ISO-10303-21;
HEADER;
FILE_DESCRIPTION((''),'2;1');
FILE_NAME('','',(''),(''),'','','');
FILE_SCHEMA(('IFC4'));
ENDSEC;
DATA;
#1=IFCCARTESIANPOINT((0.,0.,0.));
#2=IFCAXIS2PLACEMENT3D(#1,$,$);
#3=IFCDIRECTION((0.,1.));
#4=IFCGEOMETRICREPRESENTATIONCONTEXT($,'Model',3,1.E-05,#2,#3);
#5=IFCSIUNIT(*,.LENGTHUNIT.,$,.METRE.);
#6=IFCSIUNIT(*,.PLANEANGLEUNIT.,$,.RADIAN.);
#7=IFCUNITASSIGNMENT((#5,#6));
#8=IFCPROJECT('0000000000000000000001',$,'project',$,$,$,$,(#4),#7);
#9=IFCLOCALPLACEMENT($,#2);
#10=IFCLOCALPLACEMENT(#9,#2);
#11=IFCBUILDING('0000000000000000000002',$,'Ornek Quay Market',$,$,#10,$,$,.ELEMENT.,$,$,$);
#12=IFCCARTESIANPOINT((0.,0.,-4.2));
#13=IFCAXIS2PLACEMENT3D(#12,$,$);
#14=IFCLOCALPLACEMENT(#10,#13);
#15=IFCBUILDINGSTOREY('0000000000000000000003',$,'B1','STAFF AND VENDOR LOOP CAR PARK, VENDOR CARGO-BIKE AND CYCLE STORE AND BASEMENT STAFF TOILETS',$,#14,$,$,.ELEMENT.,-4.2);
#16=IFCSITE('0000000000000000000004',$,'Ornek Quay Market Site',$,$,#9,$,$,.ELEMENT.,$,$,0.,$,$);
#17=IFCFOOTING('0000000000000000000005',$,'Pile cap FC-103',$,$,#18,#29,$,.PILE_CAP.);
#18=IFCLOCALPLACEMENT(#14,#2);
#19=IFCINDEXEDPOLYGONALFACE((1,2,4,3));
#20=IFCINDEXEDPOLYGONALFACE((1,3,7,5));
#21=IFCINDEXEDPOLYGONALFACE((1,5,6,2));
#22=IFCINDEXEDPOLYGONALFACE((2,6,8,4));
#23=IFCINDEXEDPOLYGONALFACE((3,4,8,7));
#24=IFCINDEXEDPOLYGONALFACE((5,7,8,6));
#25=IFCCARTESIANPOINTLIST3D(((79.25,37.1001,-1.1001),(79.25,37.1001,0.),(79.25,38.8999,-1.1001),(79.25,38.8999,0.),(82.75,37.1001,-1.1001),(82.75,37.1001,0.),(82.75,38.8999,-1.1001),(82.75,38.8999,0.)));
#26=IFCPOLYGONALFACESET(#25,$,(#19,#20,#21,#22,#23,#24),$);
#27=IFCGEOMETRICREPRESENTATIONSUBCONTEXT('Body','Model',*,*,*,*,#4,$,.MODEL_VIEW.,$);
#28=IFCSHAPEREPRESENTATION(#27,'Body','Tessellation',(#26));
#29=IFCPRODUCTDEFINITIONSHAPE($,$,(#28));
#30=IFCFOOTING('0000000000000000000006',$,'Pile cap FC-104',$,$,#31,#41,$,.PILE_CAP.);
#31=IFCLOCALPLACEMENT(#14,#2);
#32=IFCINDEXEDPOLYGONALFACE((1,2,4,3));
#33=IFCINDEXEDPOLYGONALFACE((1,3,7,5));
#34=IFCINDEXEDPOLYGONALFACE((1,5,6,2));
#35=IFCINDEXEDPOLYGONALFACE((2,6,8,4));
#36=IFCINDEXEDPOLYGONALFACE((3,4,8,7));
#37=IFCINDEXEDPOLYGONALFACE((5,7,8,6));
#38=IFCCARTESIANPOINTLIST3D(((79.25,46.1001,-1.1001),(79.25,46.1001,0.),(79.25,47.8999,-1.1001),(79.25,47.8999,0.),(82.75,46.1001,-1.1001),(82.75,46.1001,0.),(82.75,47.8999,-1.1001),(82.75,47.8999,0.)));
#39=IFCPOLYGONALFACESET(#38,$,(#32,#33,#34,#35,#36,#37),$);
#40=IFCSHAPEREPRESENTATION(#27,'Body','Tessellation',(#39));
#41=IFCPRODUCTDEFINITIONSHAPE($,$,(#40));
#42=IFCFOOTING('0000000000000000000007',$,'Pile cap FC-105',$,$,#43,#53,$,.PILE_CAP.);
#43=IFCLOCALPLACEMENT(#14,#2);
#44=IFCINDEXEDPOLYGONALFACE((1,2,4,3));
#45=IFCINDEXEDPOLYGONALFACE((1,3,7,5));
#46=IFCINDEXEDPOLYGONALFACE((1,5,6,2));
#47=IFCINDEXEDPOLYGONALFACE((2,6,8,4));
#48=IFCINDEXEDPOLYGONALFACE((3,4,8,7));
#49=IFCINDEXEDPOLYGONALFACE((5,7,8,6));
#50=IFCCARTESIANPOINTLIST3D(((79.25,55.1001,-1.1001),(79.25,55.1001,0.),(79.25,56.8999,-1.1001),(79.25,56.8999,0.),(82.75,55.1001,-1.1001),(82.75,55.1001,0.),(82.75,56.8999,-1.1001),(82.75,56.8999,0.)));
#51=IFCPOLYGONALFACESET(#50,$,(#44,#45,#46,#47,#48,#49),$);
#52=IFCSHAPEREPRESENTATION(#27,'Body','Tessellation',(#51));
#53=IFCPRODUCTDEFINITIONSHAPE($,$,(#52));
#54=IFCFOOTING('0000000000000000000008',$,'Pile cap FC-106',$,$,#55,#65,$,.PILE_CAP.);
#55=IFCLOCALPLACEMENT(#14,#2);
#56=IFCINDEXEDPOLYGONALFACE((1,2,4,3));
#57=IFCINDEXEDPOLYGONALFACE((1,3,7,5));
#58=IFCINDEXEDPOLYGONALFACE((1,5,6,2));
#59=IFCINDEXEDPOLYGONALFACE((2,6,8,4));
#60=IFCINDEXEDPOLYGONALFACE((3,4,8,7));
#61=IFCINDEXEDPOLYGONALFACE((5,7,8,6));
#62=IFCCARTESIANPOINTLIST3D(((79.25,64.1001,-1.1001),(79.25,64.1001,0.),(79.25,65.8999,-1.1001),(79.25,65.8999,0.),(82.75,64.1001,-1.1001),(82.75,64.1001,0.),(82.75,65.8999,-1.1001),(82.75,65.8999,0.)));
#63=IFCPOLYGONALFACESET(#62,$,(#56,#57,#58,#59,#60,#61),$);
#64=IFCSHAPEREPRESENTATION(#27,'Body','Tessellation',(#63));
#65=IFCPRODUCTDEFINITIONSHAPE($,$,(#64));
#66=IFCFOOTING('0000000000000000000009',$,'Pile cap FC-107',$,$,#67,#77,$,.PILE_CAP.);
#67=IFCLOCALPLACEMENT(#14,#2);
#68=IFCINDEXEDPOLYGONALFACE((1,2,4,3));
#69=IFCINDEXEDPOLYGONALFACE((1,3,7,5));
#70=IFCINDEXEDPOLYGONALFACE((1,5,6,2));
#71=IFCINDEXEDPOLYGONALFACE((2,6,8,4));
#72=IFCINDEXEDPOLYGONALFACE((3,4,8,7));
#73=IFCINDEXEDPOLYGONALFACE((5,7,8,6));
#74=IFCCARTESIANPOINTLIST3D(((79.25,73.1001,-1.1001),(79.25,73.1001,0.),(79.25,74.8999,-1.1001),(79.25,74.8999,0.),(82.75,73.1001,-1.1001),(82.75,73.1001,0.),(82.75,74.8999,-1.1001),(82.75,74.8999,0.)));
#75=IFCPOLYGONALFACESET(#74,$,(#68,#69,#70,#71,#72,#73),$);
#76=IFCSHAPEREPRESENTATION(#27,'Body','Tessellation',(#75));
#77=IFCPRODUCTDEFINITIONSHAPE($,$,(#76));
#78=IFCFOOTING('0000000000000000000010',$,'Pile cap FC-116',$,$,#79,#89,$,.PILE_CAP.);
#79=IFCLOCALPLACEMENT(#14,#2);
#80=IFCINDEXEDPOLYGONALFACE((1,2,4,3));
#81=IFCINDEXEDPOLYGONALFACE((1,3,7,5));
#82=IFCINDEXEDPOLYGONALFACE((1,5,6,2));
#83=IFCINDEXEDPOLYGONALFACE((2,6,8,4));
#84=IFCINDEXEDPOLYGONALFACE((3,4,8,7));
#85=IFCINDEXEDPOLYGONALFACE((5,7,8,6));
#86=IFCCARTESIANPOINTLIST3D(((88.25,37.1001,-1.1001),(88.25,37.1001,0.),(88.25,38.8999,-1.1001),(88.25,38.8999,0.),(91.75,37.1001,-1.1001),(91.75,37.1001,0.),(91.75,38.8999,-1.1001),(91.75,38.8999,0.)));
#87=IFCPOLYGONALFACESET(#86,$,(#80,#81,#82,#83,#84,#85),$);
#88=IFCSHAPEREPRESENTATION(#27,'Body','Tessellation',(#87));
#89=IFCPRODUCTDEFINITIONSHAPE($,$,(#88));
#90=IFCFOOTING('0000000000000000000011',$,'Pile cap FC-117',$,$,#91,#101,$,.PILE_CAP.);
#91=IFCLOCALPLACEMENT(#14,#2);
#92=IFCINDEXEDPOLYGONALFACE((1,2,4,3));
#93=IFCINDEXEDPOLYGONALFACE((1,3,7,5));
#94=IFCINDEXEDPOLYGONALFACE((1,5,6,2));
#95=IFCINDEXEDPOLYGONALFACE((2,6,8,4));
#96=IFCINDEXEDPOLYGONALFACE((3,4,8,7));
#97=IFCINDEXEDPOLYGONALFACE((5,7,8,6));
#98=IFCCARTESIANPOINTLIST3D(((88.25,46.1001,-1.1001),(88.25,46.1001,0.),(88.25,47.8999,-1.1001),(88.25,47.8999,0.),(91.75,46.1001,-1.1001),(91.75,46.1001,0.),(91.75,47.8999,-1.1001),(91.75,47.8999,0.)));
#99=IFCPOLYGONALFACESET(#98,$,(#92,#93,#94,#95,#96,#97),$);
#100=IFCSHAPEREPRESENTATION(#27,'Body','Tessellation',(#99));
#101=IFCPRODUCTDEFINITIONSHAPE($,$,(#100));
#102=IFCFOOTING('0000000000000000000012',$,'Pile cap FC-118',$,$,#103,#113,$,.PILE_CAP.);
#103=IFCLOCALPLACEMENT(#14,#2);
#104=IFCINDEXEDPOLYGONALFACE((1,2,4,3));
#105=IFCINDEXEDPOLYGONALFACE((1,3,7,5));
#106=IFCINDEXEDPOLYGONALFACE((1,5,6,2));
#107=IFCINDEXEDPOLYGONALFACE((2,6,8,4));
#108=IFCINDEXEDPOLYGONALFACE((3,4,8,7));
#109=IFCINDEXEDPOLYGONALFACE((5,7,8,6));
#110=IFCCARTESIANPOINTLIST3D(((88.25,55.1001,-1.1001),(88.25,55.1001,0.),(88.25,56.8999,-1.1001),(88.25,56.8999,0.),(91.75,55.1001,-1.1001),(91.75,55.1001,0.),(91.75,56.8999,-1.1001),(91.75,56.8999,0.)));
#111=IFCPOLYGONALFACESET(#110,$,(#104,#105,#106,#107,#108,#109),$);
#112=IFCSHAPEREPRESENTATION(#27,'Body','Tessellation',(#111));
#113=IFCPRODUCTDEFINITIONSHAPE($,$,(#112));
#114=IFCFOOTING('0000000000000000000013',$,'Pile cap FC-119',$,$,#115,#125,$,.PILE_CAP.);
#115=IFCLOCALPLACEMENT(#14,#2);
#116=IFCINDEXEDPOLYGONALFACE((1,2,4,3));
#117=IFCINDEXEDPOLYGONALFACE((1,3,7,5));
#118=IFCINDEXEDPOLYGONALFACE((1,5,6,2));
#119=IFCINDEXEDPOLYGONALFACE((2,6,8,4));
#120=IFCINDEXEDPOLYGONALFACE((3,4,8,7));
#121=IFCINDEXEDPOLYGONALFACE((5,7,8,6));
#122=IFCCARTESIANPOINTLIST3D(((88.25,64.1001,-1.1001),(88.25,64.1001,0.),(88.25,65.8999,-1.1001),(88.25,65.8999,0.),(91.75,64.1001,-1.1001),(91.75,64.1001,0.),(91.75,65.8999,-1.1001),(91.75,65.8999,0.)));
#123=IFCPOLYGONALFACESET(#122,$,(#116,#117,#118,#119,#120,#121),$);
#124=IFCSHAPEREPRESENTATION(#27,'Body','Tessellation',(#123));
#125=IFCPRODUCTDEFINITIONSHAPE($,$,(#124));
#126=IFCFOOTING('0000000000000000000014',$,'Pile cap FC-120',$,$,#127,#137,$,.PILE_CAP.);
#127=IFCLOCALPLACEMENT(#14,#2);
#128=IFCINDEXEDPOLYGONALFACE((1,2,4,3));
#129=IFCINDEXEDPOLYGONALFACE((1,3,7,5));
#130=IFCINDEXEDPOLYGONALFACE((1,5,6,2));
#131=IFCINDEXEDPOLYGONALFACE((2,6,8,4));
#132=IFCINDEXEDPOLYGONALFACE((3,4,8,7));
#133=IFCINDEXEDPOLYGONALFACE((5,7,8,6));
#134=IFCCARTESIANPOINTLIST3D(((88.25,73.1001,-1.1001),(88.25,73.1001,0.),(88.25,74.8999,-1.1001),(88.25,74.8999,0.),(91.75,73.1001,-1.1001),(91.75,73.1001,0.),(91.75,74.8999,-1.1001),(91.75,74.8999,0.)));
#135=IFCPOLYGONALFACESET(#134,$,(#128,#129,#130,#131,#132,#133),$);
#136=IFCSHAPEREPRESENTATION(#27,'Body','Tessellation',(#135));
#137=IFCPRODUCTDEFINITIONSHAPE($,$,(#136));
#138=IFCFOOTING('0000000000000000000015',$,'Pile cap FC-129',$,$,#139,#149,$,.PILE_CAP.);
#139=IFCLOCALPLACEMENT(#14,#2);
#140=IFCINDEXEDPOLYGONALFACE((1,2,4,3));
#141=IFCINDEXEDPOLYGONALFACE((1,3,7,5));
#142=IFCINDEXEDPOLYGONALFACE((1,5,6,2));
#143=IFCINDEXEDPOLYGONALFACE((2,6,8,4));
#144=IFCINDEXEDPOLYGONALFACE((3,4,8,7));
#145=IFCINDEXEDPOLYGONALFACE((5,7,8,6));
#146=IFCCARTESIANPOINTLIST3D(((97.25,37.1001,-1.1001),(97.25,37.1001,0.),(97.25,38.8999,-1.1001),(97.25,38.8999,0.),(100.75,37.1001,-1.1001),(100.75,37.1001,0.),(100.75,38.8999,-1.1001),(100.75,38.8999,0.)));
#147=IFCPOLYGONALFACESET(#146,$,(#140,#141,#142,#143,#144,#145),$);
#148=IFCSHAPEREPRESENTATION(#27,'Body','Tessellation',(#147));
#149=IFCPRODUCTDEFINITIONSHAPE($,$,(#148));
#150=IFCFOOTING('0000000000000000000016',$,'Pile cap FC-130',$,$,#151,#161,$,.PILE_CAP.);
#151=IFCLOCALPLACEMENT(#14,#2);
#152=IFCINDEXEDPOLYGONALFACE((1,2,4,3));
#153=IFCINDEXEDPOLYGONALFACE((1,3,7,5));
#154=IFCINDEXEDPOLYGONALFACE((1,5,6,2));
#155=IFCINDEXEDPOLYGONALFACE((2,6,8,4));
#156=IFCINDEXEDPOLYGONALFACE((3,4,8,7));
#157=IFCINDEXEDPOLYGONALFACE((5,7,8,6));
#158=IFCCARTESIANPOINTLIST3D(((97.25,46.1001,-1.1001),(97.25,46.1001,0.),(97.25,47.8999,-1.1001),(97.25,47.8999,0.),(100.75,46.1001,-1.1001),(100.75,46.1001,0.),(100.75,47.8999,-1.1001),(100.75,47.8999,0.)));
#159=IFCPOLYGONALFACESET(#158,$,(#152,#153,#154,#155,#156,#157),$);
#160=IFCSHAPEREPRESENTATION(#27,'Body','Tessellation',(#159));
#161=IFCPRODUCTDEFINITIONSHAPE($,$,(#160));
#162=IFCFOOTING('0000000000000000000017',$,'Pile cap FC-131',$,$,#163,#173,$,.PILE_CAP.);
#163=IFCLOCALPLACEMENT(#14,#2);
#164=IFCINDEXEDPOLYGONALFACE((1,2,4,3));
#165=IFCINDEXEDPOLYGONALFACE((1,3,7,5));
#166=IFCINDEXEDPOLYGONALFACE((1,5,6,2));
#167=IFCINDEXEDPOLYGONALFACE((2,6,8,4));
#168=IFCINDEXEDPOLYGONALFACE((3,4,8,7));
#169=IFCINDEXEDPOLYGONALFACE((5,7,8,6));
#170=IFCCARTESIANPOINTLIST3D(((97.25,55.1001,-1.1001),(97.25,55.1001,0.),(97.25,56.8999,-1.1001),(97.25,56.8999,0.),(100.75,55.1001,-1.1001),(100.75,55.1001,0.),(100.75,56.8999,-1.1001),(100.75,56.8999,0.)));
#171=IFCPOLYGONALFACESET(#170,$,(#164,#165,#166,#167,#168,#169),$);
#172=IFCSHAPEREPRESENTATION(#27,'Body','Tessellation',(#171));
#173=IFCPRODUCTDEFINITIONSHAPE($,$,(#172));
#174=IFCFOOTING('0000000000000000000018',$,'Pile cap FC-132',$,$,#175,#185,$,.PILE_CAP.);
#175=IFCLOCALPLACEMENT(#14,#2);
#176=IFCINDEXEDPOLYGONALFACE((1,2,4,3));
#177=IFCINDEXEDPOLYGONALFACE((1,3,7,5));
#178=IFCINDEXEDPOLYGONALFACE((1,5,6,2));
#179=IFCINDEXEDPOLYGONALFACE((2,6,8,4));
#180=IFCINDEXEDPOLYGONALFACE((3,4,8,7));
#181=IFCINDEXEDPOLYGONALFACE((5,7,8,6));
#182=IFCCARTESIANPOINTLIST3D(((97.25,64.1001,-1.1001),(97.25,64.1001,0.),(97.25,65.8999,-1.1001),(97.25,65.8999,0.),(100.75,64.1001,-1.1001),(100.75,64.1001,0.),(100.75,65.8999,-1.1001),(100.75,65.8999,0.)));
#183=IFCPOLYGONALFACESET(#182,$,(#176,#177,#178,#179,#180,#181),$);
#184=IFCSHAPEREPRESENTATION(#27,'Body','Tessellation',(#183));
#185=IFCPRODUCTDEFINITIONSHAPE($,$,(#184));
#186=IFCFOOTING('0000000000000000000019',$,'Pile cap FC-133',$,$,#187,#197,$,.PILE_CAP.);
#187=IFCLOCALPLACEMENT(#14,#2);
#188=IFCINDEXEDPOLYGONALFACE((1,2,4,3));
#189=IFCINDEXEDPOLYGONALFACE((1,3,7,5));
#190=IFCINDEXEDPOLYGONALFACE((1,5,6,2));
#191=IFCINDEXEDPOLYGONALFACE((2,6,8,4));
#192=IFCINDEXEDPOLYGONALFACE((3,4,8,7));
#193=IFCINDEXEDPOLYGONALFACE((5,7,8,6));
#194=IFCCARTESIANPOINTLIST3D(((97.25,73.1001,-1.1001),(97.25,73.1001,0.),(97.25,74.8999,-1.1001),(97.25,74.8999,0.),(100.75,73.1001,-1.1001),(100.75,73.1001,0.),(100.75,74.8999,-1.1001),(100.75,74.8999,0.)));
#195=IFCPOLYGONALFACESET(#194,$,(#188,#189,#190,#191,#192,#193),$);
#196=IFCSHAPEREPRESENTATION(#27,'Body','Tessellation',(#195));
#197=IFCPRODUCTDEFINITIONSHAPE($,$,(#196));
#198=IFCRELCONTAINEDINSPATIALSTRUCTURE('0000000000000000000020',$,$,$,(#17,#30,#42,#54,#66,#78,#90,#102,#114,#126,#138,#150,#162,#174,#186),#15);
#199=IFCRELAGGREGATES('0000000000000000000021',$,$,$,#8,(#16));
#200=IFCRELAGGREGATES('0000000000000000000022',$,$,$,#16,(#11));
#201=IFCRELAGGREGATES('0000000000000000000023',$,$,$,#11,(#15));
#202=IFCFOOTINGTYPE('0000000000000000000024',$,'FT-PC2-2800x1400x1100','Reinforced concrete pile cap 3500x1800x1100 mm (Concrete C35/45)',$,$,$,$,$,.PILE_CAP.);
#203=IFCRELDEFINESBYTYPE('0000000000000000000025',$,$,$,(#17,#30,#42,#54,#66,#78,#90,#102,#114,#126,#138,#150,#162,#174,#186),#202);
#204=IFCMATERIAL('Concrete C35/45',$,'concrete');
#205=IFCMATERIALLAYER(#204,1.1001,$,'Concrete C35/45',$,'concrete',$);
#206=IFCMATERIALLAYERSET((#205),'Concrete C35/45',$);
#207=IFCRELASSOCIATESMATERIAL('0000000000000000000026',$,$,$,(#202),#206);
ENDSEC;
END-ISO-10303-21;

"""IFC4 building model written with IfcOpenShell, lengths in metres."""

from ifc_helpers import new_model, si_unit, direction, frame, origin, place, context, subcontext, project, spatial, polyline, outline, extrude, material, layer, layer_set, type_object, element, save


model = new_model("IFC4")

# Units and contexts
model_context = context("Model", 3, precision=1e-05, world=origin(), true_north=direction((0.0, 1.0)))
body_context = subcontext(model_context, "Body", "Model", "MODEL_VIEW")
ifc_project = project(units=[si_unit("LENGTHUNIT", "METRE"), si_unit("PLANEANGLEUNIT", "RADIAN")], contexts=[model_context])

# Site, building, storey
site_placement = place(None, origin())
site = spatial("IfcSite", under=ifc_project, at=site_placement, Name="Ornek Quay Market Site", CompositionType="ELEMENT", RefElevation=0.0)
building_placement = place(site_placement, origin())
building = spatial("IfcBuilding", under=site, at=building_placement, Name="Ornek Quay Market", CompositionType="ELEMENT")
storey_placement = place(building_placement, frame((0.0, 0.0, -4.2)))
storey = spatial("IfcBuildingStorey", under=building, at=storey_placement, Name="B1", Description="STAFF AND VENDOR LOOP CAR PARK, VENDOR CARGO-BIKE AND CYCLE STORE AND BASEMENT STAFF TOILETS", CompositionType="ELEMENT", Elevation=-4.2)

# Footings
ifc_material = material(Name="Concrete C35/45", Category="concrete")
ifc_layer_1 = layer(ifc_material, 1.1001, Name="Concrete C35/45", Category="concrete")
ifc_layer_set_1 = layer_set([ifc_layer_1], Name="Concrete C35/45")
footing_type_1 = type_object("IfcFootingType", Name="FT-PC2-2800x1400x1100", Description="Reinforced concrete pile cap 3500x1800x1100 mm (Concrete C35/45)", PredefinedType="PILE_CAP", material=ifc_layer_set_1)
footing_1_placement = place(storey_placement, frame((0.0, 0.0, -1.1001)))
element("IfcFooting", 1, at=footing_1_placement, inside=storey, type_object=footing_type_1, Name="Pile cap FC-103", PredefinedType="PILE_CAP", context=body_context, shape_type="SweptSolid", body=[
    extrude(outline(polyline([(79.25, 37.1001), (82.75, 37.1001), (82.75, 38.8999), (79.25, 38.8999), (79.25, 37.1001)])), origin(), (0.0, 0.0, 1.0), 1.1001),
])
footing_2_placement = place(storey_placement, frame((0.0, 0.0, -1.1001)))
element("IfcFooting", 2, at=footing_2_placement, inside=storey, type_object=footing_type_1, Name="Pile cap FC-104", PredefinedType="PILE_CAP", context=body_context, shape_type="SweptSolid", body=[
    extrude(outline(polyline([(79.25, 46.1001), (82.75, 46.1001), (82.75, 47.8999), (79.25, 47.8999), (79.25, 46.1001)])), origin(), (0.0, 0.0, 1.0), 1.1001),
])
footing_3_placement = place(storey_placement, frame((0.0, 0.0, -1.1001)))
element("IfcFooting", 3, at=footing_3_placement, inside=storey, type_object=footing_type_1, Name="Pile cap FC-105", PredefinedType="PILE_CAP", context=body_context, shape_type="SweptSolid", body=[
    extrude(outline(polyline([(79.25, 55.1001), (82.75, 55.1001), (82.75, 56.8999), (79.25, 56.8999), (79.25, 55.1001)])), origin(), (0.0, 0.0, 1.0), 1.1001),
])
footing_4_placement = place(storey_placement, frame((0.0, 0.0, -1.1001)))
element("IfcFooting", 4, at=footing_4_placement, inside=storey, type_object=footing_type_1, Name="Pile cap FC-106", PredefinedType="PILE_CAP", context=body_context, shape_type="SweptSolid", body=[
    extrude(outline(polyline([(79.25, 64.1001), (82.75, 64.1001), (82.75, 65.8999), (79.25, 65.8999), (79.25, 64.1001)])), origin(), (0.0, 0.0, 1.0), 1.1001),
])
footing_5_placement = place(storey_placement, frame((0.0, 0.0, -1.1001)))
element("IfcFooting", 5, at=footing_5_placement, inside=storey, type_object=footing_type_1, Name="Pile cap FC-107", PredefinedType="PILE_CAP", context=body_context, shape_type="SweptSolid", body=[
    extrude(outline(polyline([(79.25, 73.1001), (82.75, 73.1001), (82.75, 74.8999), (79.25, 74.8999), (79.25, 73.1001)])), origin(), (0.0, 0.0, 1.0), 1.1001),
])
footing_6_placement = place(storey_placement, frame((0.0, 0.0, -1.1001)))
element("IfcFooting", 6, at=footing_6_placement, inside=storey, type_object=footing_type_1, Name="Pile cap FC-116", PredefinedType="PILE_CAP", context=body_context, shape_type="SweptSolid", body=[
    extrude(outline(polyline([(88.25, 37.1001), (91.75, 37.1001), (91.75, 38.8999), (88.25, 38.8999), (88.25, 37.1001)])), origin(), (0.0, 0.0, 1.0), 1.1001),
])
footing_7_placement = place(storey_placement, frame((0.0, 0.0, -1.1001)))
element("IfcFooting", 7, at=footing_7_placement, inside=storey, type_object=footing_type_1, Name="Pile cap FC-117", PredefinedType="PILE_CAP", context=body_context, shape_type="SweptSolid", body=[
    extrude(outline(polyline([(88.25, 46.1001), (91.75, 46.1001), (91.75, 47.8999), (88.25, 47.8999), (88.25, 46.1001)])), origin(), (0.0, 0.0, 1.0), 1.1001),
])
footing_8_placement = place(storey_placement, frame((0.0, 0.0, -1.1001)))
element("IfcFooting", 8, at=footing_8_placement, inside=storey, type_object=footing_type_1, Name="Pile cap FC-118", PredefinedType="PILE_CAP", context=body_context, shape_type="SweptSolid", body=[
    extrude(outline(polyline([(88.25, 55.1001), (91.75, 55.1001), (91.75, 56.8999), (88.25, 56.8999), (88.25, 55.1001)])), origin(), (0.0, 0.0, 1.0), 1.1001),
])
footing_9_placement = place(storey_placement, frame((0.0, 0.0, -1.1001)))
element("IfcFooting", 9, at=footing_9_placement, inside=storey, type_object=footing_type_1, Name="Pile cap FC-119", PredefinedType="PILE_CAP", context=body_context, shape_type="SweptSolid", body=[
    extrude(outline(polyline([(88.25, 64.1001), (91.75, 64.1001), (91.75, 65.8999), (88.25, 65.8999), (88.25, 64.1001)])), origin(), (0.0, 0.0, 1.0), 1.1001),
])
footing_10_placement = place(storey_placement, frame((0.0, 0.0, -1.1001)))
element("IfcFooting", 10, at=footing_10_placement, inside=storey, type_object=footing_type_1, Name="Pile cap FC-120", PredefinedType="PILE_CAP", context=body_context, shape_type="SweptSolid", body=[
    extrude(outline(polyline([(88.25, 73.1001), (91.75, 73.1001), (91.75, 74.8999), (88.25, 74.8999), (88.25, 73.1001)])), origin(), (0.0, 0.0, 1.0), 1.1001),
])
footing_11_placement = place(storey_placement, frame((0.0, 0.0, -1.1001)))
element("IfcFooting", 11, at=footing_11_placement, inside=storey, type_object=footing_type_1, Name="Pile cap FC-129", PredefinedType="PILE_CAP", context=body_context, shape_type="SweptSolid", body=[
    extrude(outline(polyline([(97.25, 37.1001), (100.75, 37.1001), (100.75, 38.8999), (97.25, 38.8999), (97.25, 37.1001)])), origin(), (0.0, 0.0, 1.0), 1.1001),
])
footing_12_placement = place(storey_placement, frame((0.0, 0.0, -1.1001)))
element("IfcFooting", 12, at=footing_12_placement, inside=storey, type_object=footing_type_1, Name="Pile cap FC-130", PredefinedType="PILE_CAP", context=body_context, shape_type="SweptSolid", body=[
    extrude(outline(polyline([(97.25, 46.1001), (100.75, 46.1001), (100.75, 47.8999), (97.25, 47.8999), (97.25, 46.1001)])), origin(), (0.0, 0.0, 1.0), 1.1001),
])
footing_13_placement = place(storey_placement, frame((0.0, 0.0, -1.1001)))
element("IfcFooting", 13, at=footing_13_placement, inside=storey, type_object=footing_type_1, Name="Pile cap FC-131", PredefinedType="PILE_CAP", context=body_context, shape_type="SweptSolid", body=[
    extrude(outline(polyline([(97.25, 55.1001), (100.75, 55.1001), (100.75, 56.8999), (97.25, 56.8999), (97.25, 55.1001)])), origin(), (0.0, 0.0, 1.0), 1.1001),
])
footing_14_placement = place(storey_placement, frame((0.0, 0.0, -1.1001)))
element("IfcFooting", 14, at=footing_14_placement, inside=storey, type_object=footing_type_1, Name="Pile cap FC-132", PredefinedType="PILE_CAP", context=body_context, shape_type="SweptSolid", body=[
    extrude(outline(polyline([(97.25, 64.1001), (100.75, 64.1001), (100.75, 65.8999), (97.25, 65.8999), (97.25, 64.1001)])), origin(), (0.0, 0.0, 1.0), 1.1001),
])
footing_15_placement = place(storey_placement, frame((0.0, 0.0, -1.1001)))
element("IfcFooting", 15, at=footing_15_placement, inside=storey, type_object=footing_type_1, Name="Pile cap FC-133", PredefinedType="PILE_CAP", context=body_context, shape_type="SweptSolid", body=[
    extrude(outline(polyline([(97.25, 73.1001), (100.75, 73.1001), (100.75, 74.8999), (97.25, 74.8999), (97.25, 73.1001)])), origin(), (0.0, 0.0, 1.0), 1.1001),
])

save(model, "model.ifc")
